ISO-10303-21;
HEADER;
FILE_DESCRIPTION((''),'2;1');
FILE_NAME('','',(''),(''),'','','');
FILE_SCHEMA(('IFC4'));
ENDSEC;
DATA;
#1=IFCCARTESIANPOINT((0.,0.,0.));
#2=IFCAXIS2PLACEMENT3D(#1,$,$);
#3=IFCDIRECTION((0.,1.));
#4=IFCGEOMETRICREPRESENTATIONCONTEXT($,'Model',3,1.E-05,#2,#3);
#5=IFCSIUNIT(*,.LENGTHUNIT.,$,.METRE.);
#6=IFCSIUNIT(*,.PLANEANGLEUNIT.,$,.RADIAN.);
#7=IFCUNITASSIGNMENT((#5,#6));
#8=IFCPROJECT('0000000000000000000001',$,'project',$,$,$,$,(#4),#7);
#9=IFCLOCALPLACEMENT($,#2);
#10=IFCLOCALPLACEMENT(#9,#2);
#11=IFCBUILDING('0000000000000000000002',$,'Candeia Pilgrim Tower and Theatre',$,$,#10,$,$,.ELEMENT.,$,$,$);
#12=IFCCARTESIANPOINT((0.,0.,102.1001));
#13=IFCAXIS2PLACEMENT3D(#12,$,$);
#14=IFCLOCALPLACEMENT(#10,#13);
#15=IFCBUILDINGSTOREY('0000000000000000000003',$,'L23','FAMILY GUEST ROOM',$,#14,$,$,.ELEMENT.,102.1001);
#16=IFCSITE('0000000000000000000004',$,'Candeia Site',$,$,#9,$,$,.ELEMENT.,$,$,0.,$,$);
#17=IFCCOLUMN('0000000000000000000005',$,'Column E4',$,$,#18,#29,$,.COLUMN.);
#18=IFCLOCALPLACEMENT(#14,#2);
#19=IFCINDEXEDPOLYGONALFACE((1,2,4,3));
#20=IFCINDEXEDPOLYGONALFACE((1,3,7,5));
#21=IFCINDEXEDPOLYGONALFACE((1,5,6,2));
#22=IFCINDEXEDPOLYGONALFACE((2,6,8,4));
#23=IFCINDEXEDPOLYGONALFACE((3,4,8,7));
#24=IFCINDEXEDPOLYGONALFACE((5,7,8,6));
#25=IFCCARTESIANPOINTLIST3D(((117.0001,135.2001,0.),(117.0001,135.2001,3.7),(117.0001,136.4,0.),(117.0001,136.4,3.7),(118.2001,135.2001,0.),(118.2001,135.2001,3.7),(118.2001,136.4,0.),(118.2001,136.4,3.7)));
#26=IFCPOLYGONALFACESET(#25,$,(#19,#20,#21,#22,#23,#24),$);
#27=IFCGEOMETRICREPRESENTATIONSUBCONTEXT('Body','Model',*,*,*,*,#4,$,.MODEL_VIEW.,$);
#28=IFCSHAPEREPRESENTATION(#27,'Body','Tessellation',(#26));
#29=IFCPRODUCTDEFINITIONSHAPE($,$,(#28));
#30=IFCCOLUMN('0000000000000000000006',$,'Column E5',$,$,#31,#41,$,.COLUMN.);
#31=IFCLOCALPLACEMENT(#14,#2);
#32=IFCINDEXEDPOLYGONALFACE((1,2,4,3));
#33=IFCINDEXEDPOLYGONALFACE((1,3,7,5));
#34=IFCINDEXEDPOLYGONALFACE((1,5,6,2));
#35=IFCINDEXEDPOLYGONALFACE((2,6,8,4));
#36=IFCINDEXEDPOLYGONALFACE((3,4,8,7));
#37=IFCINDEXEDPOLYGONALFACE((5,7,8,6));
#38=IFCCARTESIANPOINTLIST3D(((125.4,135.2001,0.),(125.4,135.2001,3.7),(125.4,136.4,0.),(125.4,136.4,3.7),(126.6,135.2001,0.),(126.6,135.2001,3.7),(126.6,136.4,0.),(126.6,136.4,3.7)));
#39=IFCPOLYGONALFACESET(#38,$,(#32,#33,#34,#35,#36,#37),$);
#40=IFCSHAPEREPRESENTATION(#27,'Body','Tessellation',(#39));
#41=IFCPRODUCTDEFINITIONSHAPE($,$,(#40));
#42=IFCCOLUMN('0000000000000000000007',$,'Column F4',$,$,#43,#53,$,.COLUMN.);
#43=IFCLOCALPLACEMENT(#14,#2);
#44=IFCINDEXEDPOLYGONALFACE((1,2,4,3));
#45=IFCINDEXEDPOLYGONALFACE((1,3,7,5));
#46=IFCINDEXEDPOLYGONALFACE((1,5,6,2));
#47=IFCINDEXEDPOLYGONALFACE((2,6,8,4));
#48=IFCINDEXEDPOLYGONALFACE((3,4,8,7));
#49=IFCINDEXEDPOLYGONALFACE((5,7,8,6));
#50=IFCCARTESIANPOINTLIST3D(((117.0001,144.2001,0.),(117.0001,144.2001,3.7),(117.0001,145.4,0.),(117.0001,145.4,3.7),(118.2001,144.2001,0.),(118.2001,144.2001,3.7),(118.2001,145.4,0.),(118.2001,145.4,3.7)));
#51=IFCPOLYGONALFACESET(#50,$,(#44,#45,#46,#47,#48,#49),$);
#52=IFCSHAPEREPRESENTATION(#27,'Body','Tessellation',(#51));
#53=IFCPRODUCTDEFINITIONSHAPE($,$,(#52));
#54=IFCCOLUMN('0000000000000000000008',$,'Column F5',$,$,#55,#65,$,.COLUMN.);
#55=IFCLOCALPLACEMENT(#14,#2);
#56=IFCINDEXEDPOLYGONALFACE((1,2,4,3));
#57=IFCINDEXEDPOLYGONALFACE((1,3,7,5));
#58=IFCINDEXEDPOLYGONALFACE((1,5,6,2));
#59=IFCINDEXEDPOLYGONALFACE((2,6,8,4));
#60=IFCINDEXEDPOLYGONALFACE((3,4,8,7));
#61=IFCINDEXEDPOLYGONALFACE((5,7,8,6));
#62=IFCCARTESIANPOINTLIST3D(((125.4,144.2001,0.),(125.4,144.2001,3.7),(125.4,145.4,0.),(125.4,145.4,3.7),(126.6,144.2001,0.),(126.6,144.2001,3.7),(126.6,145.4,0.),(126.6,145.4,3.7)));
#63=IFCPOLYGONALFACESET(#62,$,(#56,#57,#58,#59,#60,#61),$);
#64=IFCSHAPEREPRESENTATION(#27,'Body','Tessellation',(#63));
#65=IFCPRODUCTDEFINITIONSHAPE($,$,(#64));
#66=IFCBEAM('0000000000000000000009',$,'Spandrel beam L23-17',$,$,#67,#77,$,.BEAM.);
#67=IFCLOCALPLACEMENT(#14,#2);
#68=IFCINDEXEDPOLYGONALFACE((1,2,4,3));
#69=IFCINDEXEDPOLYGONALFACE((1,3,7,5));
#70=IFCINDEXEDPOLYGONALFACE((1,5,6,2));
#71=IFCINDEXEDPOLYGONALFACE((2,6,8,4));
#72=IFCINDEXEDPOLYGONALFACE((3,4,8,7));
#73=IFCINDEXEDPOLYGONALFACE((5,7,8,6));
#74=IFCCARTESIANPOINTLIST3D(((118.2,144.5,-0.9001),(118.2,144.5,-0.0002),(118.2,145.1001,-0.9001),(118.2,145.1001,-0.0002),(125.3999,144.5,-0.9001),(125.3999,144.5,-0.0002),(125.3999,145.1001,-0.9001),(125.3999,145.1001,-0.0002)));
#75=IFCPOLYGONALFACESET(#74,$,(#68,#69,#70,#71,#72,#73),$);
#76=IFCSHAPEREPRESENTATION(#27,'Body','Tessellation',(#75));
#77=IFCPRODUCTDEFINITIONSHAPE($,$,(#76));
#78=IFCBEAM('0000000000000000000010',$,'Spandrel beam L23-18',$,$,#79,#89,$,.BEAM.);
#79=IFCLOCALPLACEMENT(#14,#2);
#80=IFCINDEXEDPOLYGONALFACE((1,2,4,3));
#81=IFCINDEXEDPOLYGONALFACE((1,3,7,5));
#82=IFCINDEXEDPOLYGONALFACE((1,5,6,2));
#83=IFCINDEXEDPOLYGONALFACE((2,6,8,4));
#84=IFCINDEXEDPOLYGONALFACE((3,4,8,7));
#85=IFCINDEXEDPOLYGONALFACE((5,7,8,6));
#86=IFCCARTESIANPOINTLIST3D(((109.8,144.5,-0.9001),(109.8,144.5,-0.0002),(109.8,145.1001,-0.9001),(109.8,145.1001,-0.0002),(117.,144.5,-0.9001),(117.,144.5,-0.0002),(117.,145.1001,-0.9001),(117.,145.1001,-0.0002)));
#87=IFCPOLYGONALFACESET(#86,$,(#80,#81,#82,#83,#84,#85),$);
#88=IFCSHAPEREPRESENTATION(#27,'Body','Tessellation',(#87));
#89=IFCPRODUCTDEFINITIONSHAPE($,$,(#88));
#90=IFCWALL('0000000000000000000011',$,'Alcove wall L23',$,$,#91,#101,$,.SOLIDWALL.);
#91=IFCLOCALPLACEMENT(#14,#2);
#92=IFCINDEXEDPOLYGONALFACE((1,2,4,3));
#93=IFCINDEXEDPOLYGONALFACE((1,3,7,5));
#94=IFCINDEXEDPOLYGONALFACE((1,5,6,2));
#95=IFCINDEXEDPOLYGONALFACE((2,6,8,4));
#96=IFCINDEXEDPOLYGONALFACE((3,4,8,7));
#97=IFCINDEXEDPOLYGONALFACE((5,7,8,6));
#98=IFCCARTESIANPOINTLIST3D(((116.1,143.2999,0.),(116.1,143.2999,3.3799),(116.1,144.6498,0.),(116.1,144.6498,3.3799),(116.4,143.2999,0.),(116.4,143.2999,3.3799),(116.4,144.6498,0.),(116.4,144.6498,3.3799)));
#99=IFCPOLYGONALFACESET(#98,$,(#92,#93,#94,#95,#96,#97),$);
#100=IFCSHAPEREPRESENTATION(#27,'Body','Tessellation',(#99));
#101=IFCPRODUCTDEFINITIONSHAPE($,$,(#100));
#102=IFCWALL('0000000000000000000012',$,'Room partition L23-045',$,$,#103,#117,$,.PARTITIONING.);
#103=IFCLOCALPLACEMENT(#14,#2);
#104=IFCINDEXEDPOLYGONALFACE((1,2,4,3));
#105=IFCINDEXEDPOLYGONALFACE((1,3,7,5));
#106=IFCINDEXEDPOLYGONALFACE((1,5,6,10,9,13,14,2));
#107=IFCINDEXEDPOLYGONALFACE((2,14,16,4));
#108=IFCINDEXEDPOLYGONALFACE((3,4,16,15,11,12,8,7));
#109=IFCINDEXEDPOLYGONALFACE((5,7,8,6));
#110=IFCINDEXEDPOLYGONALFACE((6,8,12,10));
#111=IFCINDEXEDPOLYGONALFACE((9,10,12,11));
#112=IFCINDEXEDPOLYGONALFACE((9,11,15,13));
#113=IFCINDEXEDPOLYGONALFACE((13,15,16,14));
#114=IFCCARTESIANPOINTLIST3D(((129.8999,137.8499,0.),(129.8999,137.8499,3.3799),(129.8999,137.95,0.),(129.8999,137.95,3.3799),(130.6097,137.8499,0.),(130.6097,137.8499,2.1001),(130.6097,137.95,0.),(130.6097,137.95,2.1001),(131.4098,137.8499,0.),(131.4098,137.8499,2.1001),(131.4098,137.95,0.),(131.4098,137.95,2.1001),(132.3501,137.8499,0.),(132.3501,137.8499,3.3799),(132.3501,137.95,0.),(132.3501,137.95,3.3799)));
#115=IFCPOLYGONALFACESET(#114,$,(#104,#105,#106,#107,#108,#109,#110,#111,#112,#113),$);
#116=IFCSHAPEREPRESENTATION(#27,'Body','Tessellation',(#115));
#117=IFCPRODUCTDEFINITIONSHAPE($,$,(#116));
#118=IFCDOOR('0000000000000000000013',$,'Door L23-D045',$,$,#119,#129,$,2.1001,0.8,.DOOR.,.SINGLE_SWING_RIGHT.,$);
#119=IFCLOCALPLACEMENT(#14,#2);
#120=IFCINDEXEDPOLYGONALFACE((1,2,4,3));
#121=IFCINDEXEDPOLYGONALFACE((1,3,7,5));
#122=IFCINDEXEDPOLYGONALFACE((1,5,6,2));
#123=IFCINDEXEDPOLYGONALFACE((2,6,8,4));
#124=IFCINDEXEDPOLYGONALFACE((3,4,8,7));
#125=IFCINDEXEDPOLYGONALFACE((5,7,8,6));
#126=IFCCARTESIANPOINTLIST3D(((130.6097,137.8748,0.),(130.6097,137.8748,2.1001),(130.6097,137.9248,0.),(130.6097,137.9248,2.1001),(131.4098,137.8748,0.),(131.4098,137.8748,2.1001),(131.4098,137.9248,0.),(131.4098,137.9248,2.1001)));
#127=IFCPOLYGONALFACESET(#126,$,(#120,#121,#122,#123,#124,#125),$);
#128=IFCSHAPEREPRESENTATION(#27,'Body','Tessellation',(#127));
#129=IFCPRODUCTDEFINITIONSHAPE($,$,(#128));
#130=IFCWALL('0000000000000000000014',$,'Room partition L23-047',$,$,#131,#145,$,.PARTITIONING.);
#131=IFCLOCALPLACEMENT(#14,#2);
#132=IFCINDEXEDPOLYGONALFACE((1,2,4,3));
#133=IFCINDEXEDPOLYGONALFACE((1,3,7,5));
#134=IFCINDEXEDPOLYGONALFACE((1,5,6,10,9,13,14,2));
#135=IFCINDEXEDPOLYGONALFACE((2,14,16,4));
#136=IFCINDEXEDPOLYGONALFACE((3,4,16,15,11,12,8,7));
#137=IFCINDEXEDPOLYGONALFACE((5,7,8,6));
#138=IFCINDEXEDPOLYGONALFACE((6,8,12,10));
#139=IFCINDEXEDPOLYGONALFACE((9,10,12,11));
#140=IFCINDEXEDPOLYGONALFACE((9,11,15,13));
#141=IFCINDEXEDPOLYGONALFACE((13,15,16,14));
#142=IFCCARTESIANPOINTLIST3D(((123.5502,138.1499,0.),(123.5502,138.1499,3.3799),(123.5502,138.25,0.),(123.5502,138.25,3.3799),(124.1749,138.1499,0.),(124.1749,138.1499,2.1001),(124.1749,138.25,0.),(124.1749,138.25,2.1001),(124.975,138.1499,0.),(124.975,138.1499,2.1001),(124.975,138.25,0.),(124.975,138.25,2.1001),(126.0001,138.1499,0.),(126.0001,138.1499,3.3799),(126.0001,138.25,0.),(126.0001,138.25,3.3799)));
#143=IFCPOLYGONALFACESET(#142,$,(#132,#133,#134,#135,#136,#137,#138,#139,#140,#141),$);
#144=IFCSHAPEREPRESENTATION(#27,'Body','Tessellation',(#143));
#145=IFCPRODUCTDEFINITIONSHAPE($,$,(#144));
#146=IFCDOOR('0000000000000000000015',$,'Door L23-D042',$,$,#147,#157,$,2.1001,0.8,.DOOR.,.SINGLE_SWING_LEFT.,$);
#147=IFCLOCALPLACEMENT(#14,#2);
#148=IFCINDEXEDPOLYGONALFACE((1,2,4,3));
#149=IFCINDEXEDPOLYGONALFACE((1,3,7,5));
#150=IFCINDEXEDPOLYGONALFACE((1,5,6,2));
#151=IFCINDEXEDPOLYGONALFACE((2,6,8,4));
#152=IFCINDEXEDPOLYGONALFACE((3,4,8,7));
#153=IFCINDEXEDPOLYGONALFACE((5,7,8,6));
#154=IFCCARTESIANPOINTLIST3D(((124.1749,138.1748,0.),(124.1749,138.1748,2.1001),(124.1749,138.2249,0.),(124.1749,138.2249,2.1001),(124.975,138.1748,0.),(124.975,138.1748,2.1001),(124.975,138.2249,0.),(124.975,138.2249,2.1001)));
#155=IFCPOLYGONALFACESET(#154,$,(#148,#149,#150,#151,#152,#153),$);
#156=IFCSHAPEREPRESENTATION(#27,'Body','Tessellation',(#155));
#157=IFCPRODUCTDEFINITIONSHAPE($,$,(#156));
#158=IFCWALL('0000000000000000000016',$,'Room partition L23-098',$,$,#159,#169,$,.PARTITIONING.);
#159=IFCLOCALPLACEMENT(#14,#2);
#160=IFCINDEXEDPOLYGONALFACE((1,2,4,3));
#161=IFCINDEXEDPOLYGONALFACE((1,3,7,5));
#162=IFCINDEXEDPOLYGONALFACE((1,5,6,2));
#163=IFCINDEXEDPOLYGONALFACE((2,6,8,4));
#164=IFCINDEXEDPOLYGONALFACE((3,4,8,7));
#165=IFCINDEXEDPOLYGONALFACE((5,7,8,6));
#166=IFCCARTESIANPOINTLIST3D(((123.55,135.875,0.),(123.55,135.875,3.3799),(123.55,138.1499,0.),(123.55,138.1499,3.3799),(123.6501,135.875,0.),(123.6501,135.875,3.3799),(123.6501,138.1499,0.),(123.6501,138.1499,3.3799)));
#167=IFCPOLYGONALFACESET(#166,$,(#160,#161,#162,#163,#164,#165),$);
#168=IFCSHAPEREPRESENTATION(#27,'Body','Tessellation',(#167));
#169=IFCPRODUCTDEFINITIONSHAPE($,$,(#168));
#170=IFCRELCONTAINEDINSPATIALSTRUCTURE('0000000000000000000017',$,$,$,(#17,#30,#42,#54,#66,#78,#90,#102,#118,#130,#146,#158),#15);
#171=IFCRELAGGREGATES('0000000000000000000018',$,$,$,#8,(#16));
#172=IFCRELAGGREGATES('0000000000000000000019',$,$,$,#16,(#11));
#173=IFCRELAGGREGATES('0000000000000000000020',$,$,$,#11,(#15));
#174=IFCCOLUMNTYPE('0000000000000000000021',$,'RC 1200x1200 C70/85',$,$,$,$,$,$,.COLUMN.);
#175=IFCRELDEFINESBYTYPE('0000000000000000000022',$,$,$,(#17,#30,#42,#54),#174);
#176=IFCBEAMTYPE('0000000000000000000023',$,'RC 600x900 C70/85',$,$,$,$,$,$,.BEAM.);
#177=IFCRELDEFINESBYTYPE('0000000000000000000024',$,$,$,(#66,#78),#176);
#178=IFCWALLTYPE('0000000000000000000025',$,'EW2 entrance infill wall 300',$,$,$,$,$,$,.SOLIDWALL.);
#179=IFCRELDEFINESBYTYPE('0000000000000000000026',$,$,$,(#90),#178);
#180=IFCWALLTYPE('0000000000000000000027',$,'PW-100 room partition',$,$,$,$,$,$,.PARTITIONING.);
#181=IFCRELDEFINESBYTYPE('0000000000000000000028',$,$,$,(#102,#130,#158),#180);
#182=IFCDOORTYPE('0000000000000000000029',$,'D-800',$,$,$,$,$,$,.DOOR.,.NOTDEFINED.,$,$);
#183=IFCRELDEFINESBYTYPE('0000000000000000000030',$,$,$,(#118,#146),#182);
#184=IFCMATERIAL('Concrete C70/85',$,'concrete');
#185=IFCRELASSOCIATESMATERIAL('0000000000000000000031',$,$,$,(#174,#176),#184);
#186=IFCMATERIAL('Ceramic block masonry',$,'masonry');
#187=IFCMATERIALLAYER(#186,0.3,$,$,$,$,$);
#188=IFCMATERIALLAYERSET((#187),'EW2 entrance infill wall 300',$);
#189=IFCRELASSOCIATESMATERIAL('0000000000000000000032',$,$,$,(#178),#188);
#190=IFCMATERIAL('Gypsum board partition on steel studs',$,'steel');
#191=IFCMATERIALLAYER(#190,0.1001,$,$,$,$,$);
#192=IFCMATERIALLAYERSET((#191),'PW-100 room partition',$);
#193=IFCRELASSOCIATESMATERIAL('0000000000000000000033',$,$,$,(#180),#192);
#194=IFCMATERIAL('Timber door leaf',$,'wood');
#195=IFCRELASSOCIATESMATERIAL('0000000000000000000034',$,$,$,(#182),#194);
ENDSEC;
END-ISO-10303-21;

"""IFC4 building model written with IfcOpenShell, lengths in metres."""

from ifc_helpers import new_model, si_unit, direction, frame, frame_2d, origin, origin_2d, place, context, subcontext, project, spatial, rectangle, extrude, material, layer, layer_set, material_profile, profile_set, type_object, element, fill, save


model = new_model("IFC4")

# Units and contexts
model_context = context("Model", 3, precision=1e-05, world=origin(), true_north=direction((0.0, 1.0)))
body_context = subcontext(model_context, "Body", "Model", "MODEL_VIEW")
ifc_project = project(units=[si_unit("LENGTHUNIT", "METRE"), si_unit("PLANEANGLEUNIT", "RADIAN")], contexts=[model_context])

# Site, building, storey
site_placement = place(None, origin())
site = spatial("IfcSite", under=ifc_project, at=site_placement, Name="Candeia Site", CompositionType="ELEMENT", RefElevation=0.0)
building_placement = place(site_placement, origin())
building = spatial("IfcBuilding", under=site, at=building_placement, Name="Candeia Pilgrim Tower and Theatre", CompositionType="ELEMENT")
storey_placement = place(building_placement, frame((0.0, 0.0, 102.1001)))
storey = spatial("IfcBuildingStorey", under=building, at=storey_placement, Name="L23", Description="FAMILY GUEST ROOM", CompositionType="ELEMENT", Elevation=102.1001)

# Columns
ifc_material_1 = material(Name="Concrete C70/85", Category="concrete")
ifc_material_profile_1 = material_profile(ifc_material_1, rectangle(XDim=1.2, YDim=1.2, at=origin_2d()))
ifc_profile_set_1 = profile_set([ifc_material_profile_1], Name="Concrete C70/85")
column_type = type_object("IfcColumnType", Name="RC 1200x1200 C70/85", PredefinedType="COLUMN", material=ifc_profile_set_1)
for number, where, z_axis, x_axis, name in (
    (1, (117.6001, 135.8, 0.0), (0.0, 0.0, 1.0), (1.0, 0.0, 0.0), "Column E4"),
    (2, (126.0, 135.8, 0.0), (0.0, 0.0, 1.0), (1.0, 0.0, 0.0), "Column E5"),
    (3, (117.6001, 144.8, 0.0), (0.0, 0.0, 1.0), (1.0, 0.0, 0.0), "Column F4"),
    (4, (126.0, 144.8, 0.0), (0.0, 0.0, 1.0), (1.0, 0.0, 0.0), "Column F5"),
):
    element("IfcColumn", number, at=place(storey_placement, frame(where, z_axis=z_axis, x_axis=x_axis)), inside=storey, type_object=column_type, Name=name, PredefinedType="COLUMN", context=body_context, shape_type="SweptSolid", body=[
        extrude(rectangle(XDim=1.2, YDim=1.2, at=origin_2d()), origin(), (0.0, 0.0, 1.0), 3.7),
    ])

# Beams
ifc_material_profile_2 = material_profile(ifc_material_1, rectangle(XDim=0.6001, YDim=0.8999, at=origin_2d()))
ifc_profile_set_2 = profile_set([ifc_material_profile_2], Name="Concrete C70/85")
beam_type = type_object("IfcBeamType", Name="RC 600x900 C70/85", PredefinedType="BEAM", material=ifc_profile_set_2)
for number, where, z_axis, x_axis, name in (
    (5, (125.3999, 144.8, -0.4502), (-1.0, 0.0, 0.0), (0.0, -1.0, 0.0), "Spandrel beam L23-17"),
    (6, (117.0, 144.8, -0.4502), (-1.0, 0.0, 0.0), (0.0, -1.0, 0.0), "Spandrel beam L23-18"),
):
    element("IfcBeam", number, at=place(storey_placement, frame(where, z_axis=z_axis, x_axis=x_axis)), inside=storey, type_object=beam_type, Name=name, PredefinedType="BEAM", context=body_context, shape_type="SweptSolid", body=[
        extrude(rectangle(XDim=0.6001, YDim=0.8999, at=origin_2d()), origin(), (0.0, 0.0, 1.0), 7.2),
    ])

# Wall
ifc_material_2 = material(Name="Ceramic block masonry", Category="masonry")
ifc_layer_1 = layer(ifc_material_2, 0.3)
ifc_layer_set_1 = layer_set([ifc_layer_1], Name="EW2 entrance infill wall 300")
wall_type_1 = type_object("IfcWallType", Name="EW2 entrance infill wall 300", PredefinedType="SOLIDWALL", material=ifc_layer_set_1)
wall_1_placement = place(storey_placement, frame((116.25, 143.3, 0.0), z_axis=(0.0, 0.0, 1.0), x_axis=(0.0, 1.0, 0.0)))
element("IfcWall", 7, at=wall_1_placement, inside=storey, type_object=wall_type_1, Name="Alcove wall L23", PredefinedType="SOLIDWALL", context=body_context, shape_type="SweptSolid", body=[
    extrude(rectangle(XDim=1.3499, YDim=0.3, at=frame_2d((0.6748, 0.0))), origin(), (0.0, 0.0, 1.0), 3.3799),
])

# Walls, openings, doors
ifc_material_3 = material(Name="Gypsum board partition on steel studs", Category="steel")
ifc_layer_2 = layer(ifc_material_3, 0.1001)
ifc_layer_set_2 = layer_set([ifc_layer_2], Name="PW-100 room partition")
wall_type_2 = type_object("IfcWallType", Name="PW-100 room partition", PredefinedType="PARTITIONING", material=ifc_layer_set_2)
wall_2_placement = place(storey_placement, frame((129.8999, 137.8999, 0.0), z_axis=(0.0, 0.0, 1.0), x_axis=(1.0, 0.0, 0.0)))
wall_2 = element("IfcWall", 8, at=wall_2_placement, inside=storey, type_object=wall_type_2, Name="Room partition L23-045", PredefinedType="PARTITIONING", context=body_context, shape_type="SweptSolid", body=[
    extrude(rectangle(XDim=2.4502, YDim=0.1001, at=frame_2d((1.2251, 0.0))), origin(), (0.0, 0.0, 1.0), 3.3799),
])
opening_1_placement = place(wall_2_placement, frame((0.71, 0.0, 0.0)))
opening_1 = element("IfcOpeningElement", 9, at=opening_1_placement, cuts=wall_2, PredefinedType="OPENING", context=body_context, shape_type="SweptSolid", body=[
    extrude(rectangle(XDim=0.8, YDim=2.1001, at=frame_2d((0.3999, 1.05))), frame((0.0, 0.0601, 0.0), z_axis=(0.0, -1.0, 0.0), x_axis=(1.0, 0.0, 0.0)), (0.0, 0.0, 1.0), 0.1201),
])
ifc_material_4 = material(Name="Timber door leaf", Category="wood")
door_type_1 = type_object("IfcDoorType", Name="D-800", OperationType="NOTDEFINED", PredefinedType="DOOR", material=ifc_material_4)
door_1_placement = place(opening_1_placement, origin())
door_1 = element("IfcDoor", 10, at=door_1_placement, inside=storey, type_object=door_type_1, Name="Door L23-D045", OperationType="SINGLE_SWING_RIGHT", OverallHeight=2.1001, OverallWidth=0.8, PredefinedType="DOOR", context=body_context, shape_type="SweptSolid", body=[
    extrude(rectangle(XDim=0.8, YDim=2.1001, at=frame_2d((0.3999, 1.05))), frame((0.0, 0.0249, 0.0), z_axis=(0.0, -1.0, 0.0), x_axis=(1.0, 0.0, 0.0)), (0.0, 0.0, 1.0), 0.05),
])
fill(opening_1, door_1)
wall_3_placement = place(storey_placement, frame((123.55, 138.2, 0.0), z_axis=(0.0, 0.0, 1.0), x_axis=(1.0, 0.0, 0.0)))
wall_3 = element("IfcWall", 11, at=wall_3_placement, inside=storey, type_object=wall_type_2, Name="Room partition L23-047", PredefinedType="PARTITIONING", context=body_context, shape_type="SweptSolid", body=[
    extrude(rectangle(XDim=2.45, YDim=0.1001, at=frame_2d((1.2251, 0.0))), origin(), (0.0, 0.0, 1.0), 3.3799),
])
opening_2_placement = place(wall_3_placement, frame((0.625, 0.0, 0.0)))
opening_2 = element("IfcOpeningElement", 12, at=opening_2_placement, cuts=wall_3, PredefinedType="OPENING", context=body_context, shape_type="SweptSolid", body=[
    extrude(rectangle(XDim=0.8, YDim=2.1001, at=frame_2d((0.3999, 1.05))), frame((0.0, 0.0601, 0.0), z_axis=(0.0, -1.0, 0.0), x_axis=(1.0, 0.0, 0.0)), (0.0, 0.0, 1.0), 0.1201),
])
door_2_placement = place(opening_2_placement, origin())
door_2 = element("IfcDoor", 13, at=door_2_placement, inside=storey, type_object=door_type_1, Name="Door L23-D042", OperationType="SINGLE_SWING_LEFT", OverallHeight=2.1001, OverallWidth=0.8, PredefinedType="DOOR", context=body_context, shape_type="SweptSolid", body=[
    extrude(rectangle(XDim=0.8, YDim=2.1001, at=frame_2d((0.3999, 1.05))), frame((0.0, 0.0249, 0.0), z_axis=(0.0, -1.0, 0.0), x_axis=(1.0, 0.0, 0.0)), (0.0, 0.0, 1.0), 0.05),
])
fill(opening_2, door_2)

# Wall
wall_4_placement = place(storey_placement, frame((123.6001, 135.875, 0.0), z_axis=(0.0, 0.0, 1.0), x_axis=(0.0, 1.0, 0.0)))
element("IfcWall", 14, at=wall_4_placement, inside=storey, type_object=wall_type_2, Name="Room partition L23-098", PredefinedType="PARTITIONING", context=body_context, shape_type="SweptSolid", body=[
    extrude(rectangle(XDim=2.2749, YDim=0.1001, at=frame_2d((1.1375, 0.0))), origin(), (0.0, 0.0, 1.0), 3.3799),
])

save(model, "model.ifc")
